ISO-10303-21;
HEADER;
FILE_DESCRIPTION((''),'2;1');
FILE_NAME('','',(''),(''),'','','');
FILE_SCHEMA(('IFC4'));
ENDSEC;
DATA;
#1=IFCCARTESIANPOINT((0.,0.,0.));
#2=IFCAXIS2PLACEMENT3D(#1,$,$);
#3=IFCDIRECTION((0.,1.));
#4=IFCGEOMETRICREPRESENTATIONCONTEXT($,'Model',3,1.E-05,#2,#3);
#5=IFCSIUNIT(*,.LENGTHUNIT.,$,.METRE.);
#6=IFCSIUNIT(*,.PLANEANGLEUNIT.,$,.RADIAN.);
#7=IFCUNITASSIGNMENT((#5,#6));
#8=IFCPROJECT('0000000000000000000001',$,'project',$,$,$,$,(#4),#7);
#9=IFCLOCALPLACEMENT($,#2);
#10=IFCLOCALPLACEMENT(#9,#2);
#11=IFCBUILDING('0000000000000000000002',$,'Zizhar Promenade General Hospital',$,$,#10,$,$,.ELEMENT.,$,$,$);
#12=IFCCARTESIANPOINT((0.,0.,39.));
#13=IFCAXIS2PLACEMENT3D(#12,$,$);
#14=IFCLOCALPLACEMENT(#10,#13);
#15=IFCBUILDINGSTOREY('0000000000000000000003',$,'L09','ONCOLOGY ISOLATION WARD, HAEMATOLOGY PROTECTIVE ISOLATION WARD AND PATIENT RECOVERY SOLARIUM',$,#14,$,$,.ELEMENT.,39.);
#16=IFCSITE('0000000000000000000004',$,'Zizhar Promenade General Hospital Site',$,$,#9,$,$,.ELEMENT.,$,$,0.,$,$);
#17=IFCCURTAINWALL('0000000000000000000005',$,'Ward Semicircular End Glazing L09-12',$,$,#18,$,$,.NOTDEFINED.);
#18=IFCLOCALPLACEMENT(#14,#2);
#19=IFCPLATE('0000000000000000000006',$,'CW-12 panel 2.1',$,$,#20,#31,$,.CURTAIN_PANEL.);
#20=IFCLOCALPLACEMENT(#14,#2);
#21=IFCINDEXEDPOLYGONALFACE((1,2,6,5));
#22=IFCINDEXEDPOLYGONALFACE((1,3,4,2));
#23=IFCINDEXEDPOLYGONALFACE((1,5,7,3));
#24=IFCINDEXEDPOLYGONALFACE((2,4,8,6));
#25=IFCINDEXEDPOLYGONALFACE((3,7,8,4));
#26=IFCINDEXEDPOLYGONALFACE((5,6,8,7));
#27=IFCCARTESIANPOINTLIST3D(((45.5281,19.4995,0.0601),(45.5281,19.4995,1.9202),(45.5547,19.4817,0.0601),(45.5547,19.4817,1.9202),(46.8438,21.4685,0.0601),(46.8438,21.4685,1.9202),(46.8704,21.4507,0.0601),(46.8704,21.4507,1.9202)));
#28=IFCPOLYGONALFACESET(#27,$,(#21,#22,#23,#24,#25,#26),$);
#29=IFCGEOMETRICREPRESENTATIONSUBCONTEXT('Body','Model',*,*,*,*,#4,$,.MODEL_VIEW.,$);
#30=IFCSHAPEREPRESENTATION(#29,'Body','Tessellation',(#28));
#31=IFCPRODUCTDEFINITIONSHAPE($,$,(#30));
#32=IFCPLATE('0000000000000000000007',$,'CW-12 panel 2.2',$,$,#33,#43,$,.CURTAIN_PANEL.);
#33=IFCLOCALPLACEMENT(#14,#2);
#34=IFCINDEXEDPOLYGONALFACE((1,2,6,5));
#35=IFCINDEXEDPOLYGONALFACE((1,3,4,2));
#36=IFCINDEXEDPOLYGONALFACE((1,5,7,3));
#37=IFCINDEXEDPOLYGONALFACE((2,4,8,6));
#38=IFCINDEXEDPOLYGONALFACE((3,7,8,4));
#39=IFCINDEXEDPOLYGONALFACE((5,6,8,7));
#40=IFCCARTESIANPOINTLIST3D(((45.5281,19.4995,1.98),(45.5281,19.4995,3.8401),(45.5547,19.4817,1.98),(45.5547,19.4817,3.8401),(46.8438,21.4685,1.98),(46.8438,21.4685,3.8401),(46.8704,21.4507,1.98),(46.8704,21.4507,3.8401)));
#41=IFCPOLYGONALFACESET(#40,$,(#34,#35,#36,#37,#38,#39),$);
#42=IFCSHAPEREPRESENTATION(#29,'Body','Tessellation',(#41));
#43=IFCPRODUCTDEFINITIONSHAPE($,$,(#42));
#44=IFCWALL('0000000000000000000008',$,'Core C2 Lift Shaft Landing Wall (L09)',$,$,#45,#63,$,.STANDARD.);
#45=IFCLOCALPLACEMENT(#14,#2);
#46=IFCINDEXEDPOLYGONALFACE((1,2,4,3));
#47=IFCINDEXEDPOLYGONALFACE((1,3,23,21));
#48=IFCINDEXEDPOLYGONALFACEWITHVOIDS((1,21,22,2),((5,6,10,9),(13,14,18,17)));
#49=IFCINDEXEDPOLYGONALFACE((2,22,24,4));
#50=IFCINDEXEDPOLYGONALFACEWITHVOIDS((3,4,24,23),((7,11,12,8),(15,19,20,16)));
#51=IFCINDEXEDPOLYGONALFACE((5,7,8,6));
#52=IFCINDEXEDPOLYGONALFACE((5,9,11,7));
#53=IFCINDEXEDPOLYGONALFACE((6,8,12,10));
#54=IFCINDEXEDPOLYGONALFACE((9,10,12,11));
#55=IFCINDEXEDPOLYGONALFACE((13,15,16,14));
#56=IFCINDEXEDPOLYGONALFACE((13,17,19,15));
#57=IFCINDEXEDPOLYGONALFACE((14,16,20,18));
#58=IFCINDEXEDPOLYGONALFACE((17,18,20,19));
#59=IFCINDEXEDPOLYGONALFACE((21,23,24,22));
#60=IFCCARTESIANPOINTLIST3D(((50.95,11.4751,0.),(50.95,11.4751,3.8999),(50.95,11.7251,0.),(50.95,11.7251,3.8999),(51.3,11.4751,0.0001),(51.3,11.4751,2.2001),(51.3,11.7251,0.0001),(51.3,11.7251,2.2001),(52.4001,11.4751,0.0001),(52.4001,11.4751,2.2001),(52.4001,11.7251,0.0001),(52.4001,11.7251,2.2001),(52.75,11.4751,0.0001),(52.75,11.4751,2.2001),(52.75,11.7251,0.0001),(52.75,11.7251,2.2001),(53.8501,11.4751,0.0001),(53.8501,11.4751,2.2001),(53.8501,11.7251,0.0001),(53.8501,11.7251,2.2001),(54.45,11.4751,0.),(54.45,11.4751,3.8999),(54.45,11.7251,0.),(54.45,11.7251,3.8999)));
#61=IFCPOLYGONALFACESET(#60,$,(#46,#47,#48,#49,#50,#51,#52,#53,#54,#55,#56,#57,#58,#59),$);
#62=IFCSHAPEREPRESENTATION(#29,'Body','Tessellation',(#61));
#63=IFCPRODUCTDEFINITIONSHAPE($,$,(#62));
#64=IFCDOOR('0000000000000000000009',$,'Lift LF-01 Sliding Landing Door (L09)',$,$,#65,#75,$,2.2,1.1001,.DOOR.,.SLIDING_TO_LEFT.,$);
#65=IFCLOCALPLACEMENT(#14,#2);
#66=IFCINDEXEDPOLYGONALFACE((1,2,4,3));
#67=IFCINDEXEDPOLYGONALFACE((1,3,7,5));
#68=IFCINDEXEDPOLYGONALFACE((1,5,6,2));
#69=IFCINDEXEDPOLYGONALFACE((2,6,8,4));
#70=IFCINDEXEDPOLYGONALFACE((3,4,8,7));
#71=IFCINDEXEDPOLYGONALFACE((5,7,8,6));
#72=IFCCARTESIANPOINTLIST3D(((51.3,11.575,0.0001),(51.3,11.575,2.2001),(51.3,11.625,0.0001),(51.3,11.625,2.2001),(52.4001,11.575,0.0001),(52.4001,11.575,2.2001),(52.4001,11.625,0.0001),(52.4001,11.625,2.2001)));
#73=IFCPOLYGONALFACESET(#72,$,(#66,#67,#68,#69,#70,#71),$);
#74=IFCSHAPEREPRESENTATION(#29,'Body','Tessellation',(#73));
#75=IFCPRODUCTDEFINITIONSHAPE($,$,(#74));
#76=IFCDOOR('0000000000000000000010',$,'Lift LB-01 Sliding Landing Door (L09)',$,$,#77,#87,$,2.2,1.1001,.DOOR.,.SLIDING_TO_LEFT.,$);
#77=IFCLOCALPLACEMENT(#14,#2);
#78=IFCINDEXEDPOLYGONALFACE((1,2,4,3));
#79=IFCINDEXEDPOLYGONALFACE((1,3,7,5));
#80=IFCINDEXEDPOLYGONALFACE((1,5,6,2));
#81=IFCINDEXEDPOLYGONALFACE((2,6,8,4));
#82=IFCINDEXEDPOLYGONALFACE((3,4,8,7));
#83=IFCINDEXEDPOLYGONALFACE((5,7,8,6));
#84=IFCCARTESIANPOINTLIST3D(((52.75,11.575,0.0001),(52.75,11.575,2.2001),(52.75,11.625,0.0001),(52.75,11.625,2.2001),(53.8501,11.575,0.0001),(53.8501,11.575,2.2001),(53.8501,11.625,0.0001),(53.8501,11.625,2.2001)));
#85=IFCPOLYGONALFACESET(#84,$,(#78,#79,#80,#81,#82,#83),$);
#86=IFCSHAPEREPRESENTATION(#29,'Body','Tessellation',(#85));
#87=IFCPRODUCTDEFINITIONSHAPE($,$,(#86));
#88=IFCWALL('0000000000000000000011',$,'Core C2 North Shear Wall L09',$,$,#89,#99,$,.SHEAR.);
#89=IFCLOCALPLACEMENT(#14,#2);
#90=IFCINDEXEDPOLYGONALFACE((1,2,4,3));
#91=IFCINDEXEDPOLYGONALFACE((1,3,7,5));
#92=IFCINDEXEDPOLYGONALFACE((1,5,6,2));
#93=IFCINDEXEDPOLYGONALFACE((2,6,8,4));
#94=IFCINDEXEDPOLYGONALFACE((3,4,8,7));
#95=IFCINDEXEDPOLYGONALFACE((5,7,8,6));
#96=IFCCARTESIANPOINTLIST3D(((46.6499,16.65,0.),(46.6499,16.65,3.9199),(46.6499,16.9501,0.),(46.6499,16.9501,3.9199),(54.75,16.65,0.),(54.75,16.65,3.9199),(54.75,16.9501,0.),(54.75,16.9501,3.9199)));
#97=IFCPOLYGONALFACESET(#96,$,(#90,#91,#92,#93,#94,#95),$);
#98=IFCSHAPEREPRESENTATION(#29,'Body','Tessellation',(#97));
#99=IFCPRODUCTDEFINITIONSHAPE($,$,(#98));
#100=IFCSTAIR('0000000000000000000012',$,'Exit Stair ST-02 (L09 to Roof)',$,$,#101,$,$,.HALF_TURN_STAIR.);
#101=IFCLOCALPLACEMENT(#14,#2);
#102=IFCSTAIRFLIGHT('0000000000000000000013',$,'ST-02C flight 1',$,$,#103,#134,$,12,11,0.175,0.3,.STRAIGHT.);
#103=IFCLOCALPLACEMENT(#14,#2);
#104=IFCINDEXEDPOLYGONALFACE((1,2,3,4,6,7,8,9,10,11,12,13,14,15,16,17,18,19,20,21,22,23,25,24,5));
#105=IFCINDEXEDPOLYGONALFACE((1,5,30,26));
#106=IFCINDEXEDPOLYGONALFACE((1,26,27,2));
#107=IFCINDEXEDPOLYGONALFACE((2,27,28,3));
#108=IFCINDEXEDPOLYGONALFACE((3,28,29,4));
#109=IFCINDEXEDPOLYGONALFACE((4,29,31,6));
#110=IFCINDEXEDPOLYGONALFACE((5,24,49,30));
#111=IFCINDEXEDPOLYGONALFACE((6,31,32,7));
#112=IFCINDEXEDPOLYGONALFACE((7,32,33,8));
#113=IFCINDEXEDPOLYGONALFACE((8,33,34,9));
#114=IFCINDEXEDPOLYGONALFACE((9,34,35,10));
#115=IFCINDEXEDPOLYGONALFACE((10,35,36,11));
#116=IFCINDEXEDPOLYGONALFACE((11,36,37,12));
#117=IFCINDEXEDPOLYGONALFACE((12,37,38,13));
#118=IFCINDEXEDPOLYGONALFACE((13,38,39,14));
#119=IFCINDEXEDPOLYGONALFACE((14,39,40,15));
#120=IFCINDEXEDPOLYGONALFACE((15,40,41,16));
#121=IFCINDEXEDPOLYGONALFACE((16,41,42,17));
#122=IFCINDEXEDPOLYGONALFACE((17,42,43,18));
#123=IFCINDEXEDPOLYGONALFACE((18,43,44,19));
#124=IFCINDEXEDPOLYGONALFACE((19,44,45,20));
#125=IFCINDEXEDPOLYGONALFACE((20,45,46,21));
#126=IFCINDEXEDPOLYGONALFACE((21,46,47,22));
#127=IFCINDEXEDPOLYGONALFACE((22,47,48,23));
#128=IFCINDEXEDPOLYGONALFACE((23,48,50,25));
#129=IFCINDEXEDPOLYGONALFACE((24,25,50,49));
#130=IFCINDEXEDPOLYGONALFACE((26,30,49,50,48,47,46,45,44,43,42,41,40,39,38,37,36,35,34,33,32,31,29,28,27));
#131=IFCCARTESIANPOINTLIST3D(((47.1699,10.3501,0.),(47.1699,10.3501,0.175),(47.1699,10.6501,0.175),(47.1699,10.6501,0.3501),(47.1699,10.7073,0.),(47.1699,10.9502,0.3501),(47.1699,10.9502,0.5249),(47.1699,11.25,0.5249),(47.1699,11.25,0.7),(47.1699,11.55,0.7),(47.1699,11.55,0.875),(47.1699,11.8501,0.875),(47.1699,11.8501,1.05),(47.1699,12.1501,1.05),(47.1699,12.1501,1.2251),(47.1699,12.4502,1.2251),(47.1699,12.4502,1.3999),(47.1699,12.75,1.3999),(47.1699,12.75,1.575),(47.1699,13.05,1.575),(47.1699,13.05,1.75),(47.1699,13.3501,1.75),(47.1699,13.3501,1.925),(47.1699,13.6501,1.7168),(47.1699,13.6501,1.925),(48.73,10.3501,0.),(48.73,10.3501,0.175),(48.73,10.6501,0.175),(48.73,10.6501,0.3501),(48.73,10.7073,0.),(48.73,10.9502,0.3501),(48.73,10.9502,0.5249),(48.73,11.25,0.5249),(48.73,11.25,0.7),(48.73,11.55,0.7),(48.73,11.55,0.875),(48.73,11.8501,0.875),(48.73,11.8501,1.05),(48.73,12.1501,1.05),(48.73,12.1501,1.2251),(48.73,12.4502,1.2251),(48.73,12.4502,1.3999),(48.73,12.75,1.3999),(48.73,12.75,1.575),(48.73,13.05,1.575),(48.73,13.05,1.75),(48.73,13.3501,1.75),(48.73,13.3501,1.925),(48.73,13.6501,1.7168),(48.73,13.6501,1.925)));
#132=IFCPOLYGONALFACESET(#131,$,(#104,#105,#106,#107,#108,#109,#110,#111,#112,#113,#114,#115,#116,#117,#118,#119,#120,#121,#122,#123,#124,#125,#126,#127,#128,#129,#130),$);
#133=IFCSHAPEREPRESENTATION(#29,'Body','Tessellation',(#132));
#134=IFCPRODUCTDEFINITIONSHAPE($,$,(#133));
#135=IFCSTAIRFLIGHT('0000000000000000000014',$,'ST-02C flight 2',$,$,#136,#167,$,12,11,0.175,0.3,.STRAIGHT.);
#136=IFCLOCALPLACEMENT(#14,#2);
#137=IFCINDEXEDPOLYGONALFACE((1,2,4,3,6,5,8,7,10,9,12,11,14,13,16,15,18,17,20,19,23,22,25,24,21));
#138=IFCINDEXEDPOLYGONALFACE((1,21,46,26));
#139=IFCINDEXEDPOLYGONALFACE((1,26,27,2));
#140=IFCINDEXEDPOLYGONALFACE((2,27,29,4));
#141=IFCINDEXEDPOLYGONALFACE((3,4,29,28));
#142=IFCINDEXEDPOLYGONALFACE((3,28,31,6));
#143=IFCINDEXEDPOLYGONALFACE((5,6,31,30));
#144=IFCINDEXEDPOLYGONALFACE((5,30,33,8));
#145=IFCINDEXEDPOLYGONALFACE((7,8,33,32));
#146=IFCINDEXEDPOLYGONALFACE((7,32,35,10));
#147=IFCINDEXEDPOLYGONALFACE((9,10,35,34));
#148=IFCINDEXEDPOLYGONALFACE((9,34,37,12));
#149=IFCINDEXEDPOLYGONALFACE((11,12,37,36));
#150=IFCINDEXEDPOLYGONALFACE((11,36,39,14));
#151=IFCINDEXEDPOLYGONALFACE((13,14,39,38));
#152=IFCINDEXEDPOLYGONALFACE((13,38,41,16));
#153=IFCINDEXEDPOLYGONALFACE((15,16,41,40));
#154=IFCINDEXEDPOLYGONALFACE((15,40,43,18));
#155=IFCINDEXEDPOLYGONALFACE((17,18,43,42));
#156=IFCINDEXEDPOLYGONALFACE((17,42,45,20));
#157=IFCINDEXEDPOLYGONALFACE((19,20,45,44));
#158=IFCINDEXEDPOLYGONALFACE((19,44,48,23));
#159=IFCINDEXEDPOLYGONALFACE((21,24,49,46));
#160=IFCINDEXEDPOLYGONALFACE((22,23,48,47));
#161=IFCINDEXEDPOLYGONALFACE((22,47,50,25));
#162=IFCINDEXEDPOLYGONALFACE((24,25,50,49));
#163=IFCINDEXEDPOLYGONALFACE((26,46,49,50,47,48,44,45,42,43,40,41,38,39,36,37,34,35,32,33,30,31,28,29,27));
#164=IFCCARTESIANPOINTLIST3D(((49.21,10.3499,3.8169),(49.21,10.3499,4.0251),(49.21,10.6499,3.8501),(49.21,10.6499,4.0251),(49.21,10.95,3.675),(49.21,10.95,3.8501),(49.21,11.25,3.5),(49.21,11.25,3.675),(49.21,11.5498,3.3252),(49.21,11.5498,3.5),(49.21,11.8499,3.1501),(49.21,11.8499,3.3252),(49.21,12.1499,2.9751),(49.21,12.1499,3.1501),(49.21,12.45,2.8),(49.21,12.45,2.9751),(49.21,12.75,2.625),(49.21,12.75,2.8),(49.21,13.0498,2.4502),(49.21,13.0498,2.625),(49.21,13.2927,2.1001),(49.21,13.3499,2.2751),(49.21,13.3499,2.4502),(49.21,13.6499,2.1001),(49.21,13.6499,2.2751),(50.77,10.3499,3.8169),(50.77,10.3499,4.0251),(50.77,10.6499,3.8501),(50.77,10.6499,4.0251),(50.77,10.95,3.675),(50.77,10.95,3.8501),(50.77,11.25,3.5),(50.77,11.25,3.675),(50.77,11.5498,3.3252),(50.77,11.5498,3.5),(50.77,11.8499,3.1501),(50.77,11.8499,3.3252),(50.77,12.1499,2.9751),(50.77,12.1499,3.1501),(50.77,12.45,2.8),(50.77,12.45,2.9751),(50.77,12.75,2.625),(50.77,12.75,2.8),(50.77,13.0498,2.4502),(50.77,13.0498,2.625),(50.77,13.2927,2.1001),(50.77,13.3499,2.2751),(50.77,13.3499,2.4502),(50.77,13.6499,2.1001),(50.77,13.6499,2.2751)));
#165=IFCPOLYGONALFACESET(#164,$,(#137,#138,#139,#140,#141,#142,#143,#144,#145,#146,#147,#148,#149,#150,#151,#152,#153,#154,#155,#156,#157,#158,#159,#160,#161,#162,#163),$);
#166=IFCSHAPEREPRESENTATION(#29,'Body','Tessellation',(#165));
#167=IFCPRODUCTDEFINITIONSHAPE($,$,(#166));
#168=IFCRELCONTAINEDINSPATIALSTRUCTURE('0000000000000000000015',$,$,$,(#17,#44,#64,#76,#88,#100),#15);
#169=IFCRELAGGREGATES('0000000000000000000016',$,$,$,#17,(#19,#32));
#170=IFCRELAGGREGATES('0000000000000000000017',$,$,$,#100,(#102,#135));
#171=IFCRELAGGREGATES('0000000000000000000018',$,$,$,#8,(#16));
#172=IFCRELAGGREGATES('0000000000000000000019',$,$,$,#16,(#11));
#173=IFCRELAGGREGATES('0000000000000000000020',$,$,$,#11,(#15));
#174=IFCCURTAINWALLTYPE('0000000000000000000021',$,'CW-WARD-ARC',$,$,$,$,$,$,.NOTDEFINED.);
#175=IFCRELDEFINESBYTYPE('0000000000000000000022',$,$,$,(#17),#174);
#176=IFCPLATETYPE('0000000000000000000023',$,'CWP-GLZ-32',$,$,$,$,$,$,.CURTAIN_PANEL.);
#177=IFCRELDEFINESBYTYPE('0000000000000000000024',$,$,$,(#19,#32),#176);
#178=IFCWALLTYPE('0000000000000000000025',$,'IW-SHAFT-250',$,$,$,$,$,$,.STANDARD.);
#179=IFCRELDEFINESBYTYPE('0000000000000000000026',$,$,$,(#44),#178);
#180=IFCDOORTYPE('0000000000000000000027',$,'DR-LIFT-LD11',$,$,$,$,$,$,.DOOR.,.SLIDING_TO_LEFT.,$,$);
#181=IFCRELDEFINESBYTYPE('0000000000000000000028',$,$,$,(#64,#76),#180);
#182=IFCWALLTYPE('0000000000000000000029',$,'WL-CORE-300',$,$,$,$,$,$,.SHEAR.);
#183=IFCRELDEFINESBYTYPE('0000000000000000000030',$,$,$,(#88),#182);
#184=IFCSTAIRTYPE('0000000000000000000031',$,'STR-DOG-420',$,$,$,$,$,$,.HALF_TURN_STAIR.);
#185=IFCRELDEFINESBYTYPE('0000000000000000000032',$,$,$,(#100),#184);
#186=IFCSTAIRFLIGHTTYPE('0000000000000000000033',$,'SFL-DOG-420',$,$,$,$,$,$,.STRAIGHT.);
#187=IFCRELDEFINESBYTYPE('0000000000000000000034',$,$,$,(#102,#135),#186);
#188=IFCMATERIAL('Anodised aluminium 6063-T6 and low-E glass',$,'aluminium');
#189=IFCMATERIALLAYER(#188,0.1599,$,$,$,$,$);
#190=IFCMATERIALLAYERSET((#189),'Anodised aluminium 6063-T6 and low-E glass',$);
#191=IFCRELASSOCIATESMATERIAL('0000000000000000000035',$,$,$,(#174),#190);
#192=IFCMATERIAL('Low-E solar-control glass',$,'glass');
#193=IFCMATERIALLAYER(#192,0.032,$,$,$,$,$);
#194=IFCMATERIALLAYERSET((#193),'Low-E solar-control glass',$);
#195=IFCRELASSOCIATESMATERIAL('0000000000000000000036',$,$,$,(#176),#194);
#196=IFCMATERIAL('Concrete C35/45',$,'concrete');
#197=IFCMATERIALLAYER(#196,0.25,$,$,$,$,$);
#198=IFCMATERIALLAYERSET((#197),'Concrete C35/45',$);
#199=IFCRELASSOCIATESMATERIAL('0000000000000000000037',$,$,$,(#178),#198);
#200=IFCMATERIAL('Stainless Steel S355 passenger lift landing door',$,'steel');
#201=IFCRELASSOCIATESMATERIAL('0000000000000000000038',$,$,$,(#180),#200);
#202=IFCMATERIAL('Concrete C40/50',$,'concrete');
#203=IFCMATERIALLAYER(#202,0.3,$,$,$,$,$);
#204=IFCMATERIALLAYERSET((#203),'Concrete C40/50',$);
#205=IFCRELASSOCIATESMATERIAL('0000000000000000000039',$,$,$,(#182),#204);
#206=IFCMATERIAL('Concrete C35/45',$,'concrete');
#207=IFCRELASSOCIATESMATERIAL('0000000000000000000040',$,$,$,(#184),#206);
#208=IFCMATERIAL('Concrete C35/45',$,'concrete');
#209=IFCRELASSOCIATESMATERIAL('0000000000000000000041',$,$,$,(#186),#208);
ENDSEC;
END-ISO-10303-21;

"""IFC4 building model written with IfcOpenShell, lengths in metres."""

from ifc_helpers import new_model, si_unit, direction, frame, frame_2d, origin, origin_2d, place, context, subcontext, project, spatial, polyline, rectangle, outline, extrude, material, layer, layer_set, type_object, element, fill, aggregate, save


model = new_model("IFC4")

# Units and contexts
model_context = context("Model", 3, precision=1e-05, world=origin(), true_north=direction((0.0, 1.0)))
body_context = subcontext(model_context, "Body", "Model", "MODEL_VIEW")
ifc_project = project(units=[si_unit("LENGTHUNIT", "METRE"), si_unit("PLANEANGLEUNIT", "RADIAN")], contexts=[model_context])

# Site, building, storey
site_placement = place(None, origin())
site = spatial("IfcSite", under=ifc_project, at=site_placement, Name="Zizhar Promenade General Hospital Site", CompositionType="ELEMENT", RefElevation=0.0)
building_placement = place(site_placement, origin())
building = spatial("IfcBuilding", under=site, at=building_placement, Name="Zizhar Promenade General Hospital", CompositionType="ELEMENT")
storey_placement = place(building_placement, frame((0.0, 0.0, 39.0)))
storey = spatial("IfcBuildingStorey", under=building, at=storey_placement, Name="L09", Description="ONCOLOGY ISOLATION WARD, HAEMATOLOGY PROTECTIVE ISOLATION WARD AND PATIENT RECOVERY SOLARIUM", CompositionType="ELEMENT", Elevation=39.0)

# Shared definitions
ifc_material_1 = material(Name="Anodised aluminium 6063-T6 and low-E glass", Category="aluminium")
ifc_layer_1 = layer(ifc_material_1, 0.1599)
ifc_layer_set_1 = layer_set([ifc_layer_1], Name="Anodised aluminium 6063-T6 and low-E glass")
curtain_wall_type = type_object("IfcCurtainWallType", Name="CW-WARD-ARC", PredefinedType="NOTDEFINED", material=ifc_layer_set_1)

# Curtain wall
curtain_wall_1_placement = place(storey_placement, origin())
curtain_wall_1 = element("IfcCurtainWall", 1, at=curtain_wall_1_placement, inside=storey, type_object=curtain_wall_type, Name="Ward Semicircular End Glazing L09-12", PredefinedType="NOTDEFINED")

# Plates
ifc_material_2 = material(Name="Low-E solar-control glass", Category="glass")
ifc_layer_2 = layer(ifc_material_2, 0.032)
ifc_layer_set_2 = layer_set([ifc_layer_2], Name="Low-E solar-control glass")
plate_type = type_object("IfcPlateType", Name="CWP-GLZ-32", PredefinedType="CURTAIN_PANEL", material=ifc_layer_set_2)
plate_1_placement = place(storey_placement, frame((46.1992, 20.4751, 0.0601), z_axis=(0.0, 0.0, 1.0), x_axis=(0.555582, 0.831462, 0.0)))
plate_1 = element("IfcPlate", 2, at=plate_1_placement, type_object=plate_type, Name="CW-12 panel 2.1", PredefinedType="CURTAIN_PANEL", context=body_context, shape_type="SweptSolid", body=[
    extrude(rectangle(XDim=2.3682, YDim=0.032, at=origin_2d()), origin(), (0.0, 0.0, 1.0), 1.8601),
])
plate_2_placement = place(storey_placement, frame((46.1992, 20.4751, 1.98), z_axis=(0.0, 0.0, 1.0), x_axis=(0.555582, 0.831462, 0.0)))
plate_2 = element("IfcPlate", 3, at=plate_2_placement, type_object=plate_type, Name="CW-12 panel 2.2", PredefinedType="CURTAIN_PANEL", context=body_context, shape_type="SweptSolid", body=[
    extrude(rectangle(XDim=2.3682, YDim=0.032, at=origin_2d()), origin(), (0.0, 0.0, 1.0), 1.8601),
])
aggregate(curtain_wall_1, [plate_1, plate_2])

# Wall, openings, doors
ifc_material_3 = material(Name="Concrete C35/45", Category="concrete")
ifc_layer_3 = layer(ifc_material_3, 0.25)
ifc_layer_set_3 = layer_set([ifc_layer_3], Name="Concrete C35/45")
wall_type_1 = type_object("IfcWallType", Name="IW-SHAFT-250", PredefinedType="STANDARD", material=ifc_layer_set_3)
wall_1_placement = place(storey_placement, frame((50.95, 11.6001, 0.0), z_axis=(0.0, 0.0, 1.0), x_axis=(1.0, 0.0, 0.0)))
wall_1 = element("IfcWall", 4, at=wall_1_placement, inside=storey, type_object=wall_type_1, Name="Core C2 Lift Shaft Landing Wall (L09)", PredefinedType="STANDARD", context=body_context, shape_type="SweptSolid", body=[
    extrude(rectangle(XDim=3.5, YDim=0.25, at=frame_2d((1.75, 0.0))), origin(), (0.0, 0.0, 1.0), 3.8999),
])
opening_1_placement = place(wall_1_placement, frame((0.3501, 0.0, 0.0)))
opening_1 = element("IfcOpeningElement", 5, at=opening_1_placement, cuts=wall_1, PredefinedType="OPENING", context=body_context, shape_type="SweptSolid", body=[
    extrude(rectangle(XDim=1.1001, YDim=2.2, at=frame_2d((0.55, 1.1001))), frame((0.0, 0.135, 0.0), z_axis=(0.0, -1.0, 0.0), x_axis=(1.0, 0.0, 0.0)), (0.0, 0.0, 1.0), 0.27),
])
opening_2_placement = place(wall_1_placement, frame((1.8, 0.0, 0.0)))
opening_2 = element("IfcOpeningElement", 6, at=opening_2_placement, cuts=wall_1, PredefinedType="OPENING", context=body_context, shape_type="SweptSolid", body=[
    extrude(rectangle(XDim=1.1001, YDim=2.2, at=frame_2d((0.55, 1.1001))), frame((0.0, 0.135, 0.0), z_axis=(0.0, -1.0, 0.0), x_axis=(1.0, 0.0, 0.0)), (0.0, 0.0, 1.0), 0.27),
])
ifc_material_4 = material(Name="Stainless Steel S355 passenger lift landing door", Category="steel")
door_type = type_object("IfcDoorType", Name="DR-LIFT-LD11", OperationType="SLIDING_TO_LEFT", PredefinedType="DOOR", material=ifc_material_4)
door_1_placement = place(opening_1_placement, origin())
door_1 = element("IfcDoor", 7, at=door_1_placement, inside=storey, type_object=door_type, Name="Lift LF-01 Sliding Landing Door (L09)", OperationType="SLIDING_TO_LEFT", OverallHeight=2.2, OverallWidth=1.1001, PredefinedType="DOOR", context=body_context, shape_type="SweptSolid", body=[
    extrude(rectangle(XDim=1.1001, YDim=2.2, at=frame_2d((0.55, 1.1001))), frame((0.0, 0.0249, 0.0), z_axis=(0.0, -1.0, 0.0), x_axis=(1.0, 0.0, 0.0)), (0.0, 0.0, 1.0), 0.05),
])
fill(opening_1, door_1)
door_2_placement = place(opening_2_placement, origin())
door_2 = element("IfcDoor", 8, at=door_2_placement, inside=storey, type_object=door_type, Name="Lift LB-01 Sliding Landing Door (L09)", OperationType="SLIDING_TO_LEFT", OverallHeight=2.2, OverallWidth=1.1001, PredefinedType="DOOR", context=body_context, shape_type="SweptSolid", body=[
    extrude(rectangle(XDim=1.1001, YDim=2.2, at=frame_2d((0.55, 1.1001))), frame((0.0, 0.0249, 0.0), z_axis=(0.0, -1.0, 0.0), x_axis=(1.0, 0.0, 0.0)), (0.0, 0.0, 1.0), 0.05),
])
fill(opening_2, door_2)

# Wall
ifc_material_5 = material(Name="Concrete C40/50", Category="concrete")
ifc_layer_4 = layer(ifc_material_5, 0.3)
ifc_layer_set_4 = layer_set([ifc_layer_4], Name="Concrete C40/50")
wall_type_2 = type_object("IfcWallType", Name="WL-CORE-300", PredefinedType="SHEAR", material=ifc_layer_set_4)
wall_2_placement = place(storey_placement, frame((46.6499, 16.8, 0.0), z_axis=(0.0, 0.0, 1.0), x_axis=(1.0, 0.0, 0.0)))
element("IfcWall", 9, at=wall_2_placement, inside=storey, type_object=wall_type_2, Name="Core C2 North Shear Wall L09", PredefinedType="SHEAR", context=body_context, shape_type="SweptSolid", body=[
    extrude(rectangle(XDim=8.1001, YDim=0.3, at=frame_2d((4.05, 0.0))), origin(), (0.0, 0.0, 1.0), 3.9199),
])

# Stair, stair flights
ifc_material_6 = material(Name="Concrete C35/45", Category="concrete")
stair_type = type_object("IfcStairType", Name="STR-DOG-420", PredefinedType="HALF_TURN_STAIR", material=ifc_material_6)
stair_placement = place(storey_placement, origin())
stair = element("IfcStair", 10, at=stair_placement, inside=storey, type_object=stair_type, Name="Exit Stair ST-02 (L09 to Roof)", PredefinedType="HALF_TURN_STAIR")
ifc_material_7 = material(Name="Concrete C35/45", Category="concrete")
stair_flight_type = type_object("IfcStairFlightType", Name="SFL-DOG-420", PredefinedType="STRAIGHT", material=ifc_material_7)
stair_flight_1_placement = place(storey_placement, frame((47.95, 10.3501, 0.0), z_axis=(0.0, 0.0, 1.0), x_axis=(0.0, 1.0, 0.0)))
stair_flight_1 = element("IfcStairFlight", 11, at=stair_flight_1_placement, type_object=stair_flight_type, Name="ST-02C flight 1", NumberOfRisers=12, NumberOfTreads=11, PredefinedType="STRAIGHT", RiserHeight=0.175, TreadLength=0.3, context=body_context, shape_type="SweptSolid", body=[
    extrude(outline(polyline([(0.0, 0.0), (0.0, 0.175), (0.3, 0.175), (0.3, 0.3501), (0.6001, 0.3501), (0.6001, 0.5249), (0.8999, 0.5249), (0.8999, 0.7), (1.2, 0.7), (1.2, 0.875), (1.5, 0.875), (1.5, 1.05), (1.8, 1.05), (1.8, 1.2251), (2.1001, 1.2251), (2.1001, 1.3999), (2.3999, 1.3999), (2.3999, 1.575), (2.7, 1.575), (2.7, 1.75), (3.0, 1.75), (3.0, 1.925), (3.3, 1.925), (3.3, 2.1001), (3.3, 1.7168), (0.3572, 0.0), (0.0, 0.0)])), frame((0.0, 0.78, 0.0), z_axis=(0.0, -1.0, 0.0), x_axis=(1.0, 0.0, 0.0)), (0.0, 0.0, 1.0), 1.5601),
])
stair_flight_2_placement = place(storey_placement, frame((49.99, 13.6499, 2.1001), z_axis=(0.0, 0.0, 1.0), x_axis=(0.0, -1.0, 0.0)))
stair_flight_2 = element("IfcStairFlight", 12, at=stair_flight_2_placement, type_object=stair_flight_type, Name="ST-02C flight 2", NumberOfRisers=12, NumberOfTreads=11, PredefinedType="STRAIGHT", RiserHeight=0.175, TreadLength=0.3, context=body_context, shape_type="SweptSolid", body=[
    extrude(outline(polyline([(0.0, 0.0), (0.0, 0.175), (0.3, 0.175), (0.3, 0.3501), (0.6001, 0.3501), (0.6001, 0.5249), (0.8999, 0.5249), (0.8999, 0.7), (1.2, 0.7), (1.2, 0.875), (1.5, 0.875), (1.5, 1.05), (1.8, 1.05), (1.8, 1.2251), (2.1001, 1.2251), (2.1001, 1.3999), (2.3999, 1.3999), (2.3999, 1.575), (2.7, 1.575), (2.7, 1.75), (3.0, 1.75), (3.0, 1.925), (3.3, 1.925), (3.3, 2.1001), (3.3, 1.7168), (0.3572, 0.0), (0.0, 0.0)])), frame((0.0, 0.78, 0.0), z_axis=(0.0, -1.0, 0.0), x_axis=(1.0, 0.0, 0.0)), (0.0, 0.0, 1.0), 1.5601),
])
aggregate(stair, [stair_flight_1, stair_flight_2])

save(model, "model.ifc")
